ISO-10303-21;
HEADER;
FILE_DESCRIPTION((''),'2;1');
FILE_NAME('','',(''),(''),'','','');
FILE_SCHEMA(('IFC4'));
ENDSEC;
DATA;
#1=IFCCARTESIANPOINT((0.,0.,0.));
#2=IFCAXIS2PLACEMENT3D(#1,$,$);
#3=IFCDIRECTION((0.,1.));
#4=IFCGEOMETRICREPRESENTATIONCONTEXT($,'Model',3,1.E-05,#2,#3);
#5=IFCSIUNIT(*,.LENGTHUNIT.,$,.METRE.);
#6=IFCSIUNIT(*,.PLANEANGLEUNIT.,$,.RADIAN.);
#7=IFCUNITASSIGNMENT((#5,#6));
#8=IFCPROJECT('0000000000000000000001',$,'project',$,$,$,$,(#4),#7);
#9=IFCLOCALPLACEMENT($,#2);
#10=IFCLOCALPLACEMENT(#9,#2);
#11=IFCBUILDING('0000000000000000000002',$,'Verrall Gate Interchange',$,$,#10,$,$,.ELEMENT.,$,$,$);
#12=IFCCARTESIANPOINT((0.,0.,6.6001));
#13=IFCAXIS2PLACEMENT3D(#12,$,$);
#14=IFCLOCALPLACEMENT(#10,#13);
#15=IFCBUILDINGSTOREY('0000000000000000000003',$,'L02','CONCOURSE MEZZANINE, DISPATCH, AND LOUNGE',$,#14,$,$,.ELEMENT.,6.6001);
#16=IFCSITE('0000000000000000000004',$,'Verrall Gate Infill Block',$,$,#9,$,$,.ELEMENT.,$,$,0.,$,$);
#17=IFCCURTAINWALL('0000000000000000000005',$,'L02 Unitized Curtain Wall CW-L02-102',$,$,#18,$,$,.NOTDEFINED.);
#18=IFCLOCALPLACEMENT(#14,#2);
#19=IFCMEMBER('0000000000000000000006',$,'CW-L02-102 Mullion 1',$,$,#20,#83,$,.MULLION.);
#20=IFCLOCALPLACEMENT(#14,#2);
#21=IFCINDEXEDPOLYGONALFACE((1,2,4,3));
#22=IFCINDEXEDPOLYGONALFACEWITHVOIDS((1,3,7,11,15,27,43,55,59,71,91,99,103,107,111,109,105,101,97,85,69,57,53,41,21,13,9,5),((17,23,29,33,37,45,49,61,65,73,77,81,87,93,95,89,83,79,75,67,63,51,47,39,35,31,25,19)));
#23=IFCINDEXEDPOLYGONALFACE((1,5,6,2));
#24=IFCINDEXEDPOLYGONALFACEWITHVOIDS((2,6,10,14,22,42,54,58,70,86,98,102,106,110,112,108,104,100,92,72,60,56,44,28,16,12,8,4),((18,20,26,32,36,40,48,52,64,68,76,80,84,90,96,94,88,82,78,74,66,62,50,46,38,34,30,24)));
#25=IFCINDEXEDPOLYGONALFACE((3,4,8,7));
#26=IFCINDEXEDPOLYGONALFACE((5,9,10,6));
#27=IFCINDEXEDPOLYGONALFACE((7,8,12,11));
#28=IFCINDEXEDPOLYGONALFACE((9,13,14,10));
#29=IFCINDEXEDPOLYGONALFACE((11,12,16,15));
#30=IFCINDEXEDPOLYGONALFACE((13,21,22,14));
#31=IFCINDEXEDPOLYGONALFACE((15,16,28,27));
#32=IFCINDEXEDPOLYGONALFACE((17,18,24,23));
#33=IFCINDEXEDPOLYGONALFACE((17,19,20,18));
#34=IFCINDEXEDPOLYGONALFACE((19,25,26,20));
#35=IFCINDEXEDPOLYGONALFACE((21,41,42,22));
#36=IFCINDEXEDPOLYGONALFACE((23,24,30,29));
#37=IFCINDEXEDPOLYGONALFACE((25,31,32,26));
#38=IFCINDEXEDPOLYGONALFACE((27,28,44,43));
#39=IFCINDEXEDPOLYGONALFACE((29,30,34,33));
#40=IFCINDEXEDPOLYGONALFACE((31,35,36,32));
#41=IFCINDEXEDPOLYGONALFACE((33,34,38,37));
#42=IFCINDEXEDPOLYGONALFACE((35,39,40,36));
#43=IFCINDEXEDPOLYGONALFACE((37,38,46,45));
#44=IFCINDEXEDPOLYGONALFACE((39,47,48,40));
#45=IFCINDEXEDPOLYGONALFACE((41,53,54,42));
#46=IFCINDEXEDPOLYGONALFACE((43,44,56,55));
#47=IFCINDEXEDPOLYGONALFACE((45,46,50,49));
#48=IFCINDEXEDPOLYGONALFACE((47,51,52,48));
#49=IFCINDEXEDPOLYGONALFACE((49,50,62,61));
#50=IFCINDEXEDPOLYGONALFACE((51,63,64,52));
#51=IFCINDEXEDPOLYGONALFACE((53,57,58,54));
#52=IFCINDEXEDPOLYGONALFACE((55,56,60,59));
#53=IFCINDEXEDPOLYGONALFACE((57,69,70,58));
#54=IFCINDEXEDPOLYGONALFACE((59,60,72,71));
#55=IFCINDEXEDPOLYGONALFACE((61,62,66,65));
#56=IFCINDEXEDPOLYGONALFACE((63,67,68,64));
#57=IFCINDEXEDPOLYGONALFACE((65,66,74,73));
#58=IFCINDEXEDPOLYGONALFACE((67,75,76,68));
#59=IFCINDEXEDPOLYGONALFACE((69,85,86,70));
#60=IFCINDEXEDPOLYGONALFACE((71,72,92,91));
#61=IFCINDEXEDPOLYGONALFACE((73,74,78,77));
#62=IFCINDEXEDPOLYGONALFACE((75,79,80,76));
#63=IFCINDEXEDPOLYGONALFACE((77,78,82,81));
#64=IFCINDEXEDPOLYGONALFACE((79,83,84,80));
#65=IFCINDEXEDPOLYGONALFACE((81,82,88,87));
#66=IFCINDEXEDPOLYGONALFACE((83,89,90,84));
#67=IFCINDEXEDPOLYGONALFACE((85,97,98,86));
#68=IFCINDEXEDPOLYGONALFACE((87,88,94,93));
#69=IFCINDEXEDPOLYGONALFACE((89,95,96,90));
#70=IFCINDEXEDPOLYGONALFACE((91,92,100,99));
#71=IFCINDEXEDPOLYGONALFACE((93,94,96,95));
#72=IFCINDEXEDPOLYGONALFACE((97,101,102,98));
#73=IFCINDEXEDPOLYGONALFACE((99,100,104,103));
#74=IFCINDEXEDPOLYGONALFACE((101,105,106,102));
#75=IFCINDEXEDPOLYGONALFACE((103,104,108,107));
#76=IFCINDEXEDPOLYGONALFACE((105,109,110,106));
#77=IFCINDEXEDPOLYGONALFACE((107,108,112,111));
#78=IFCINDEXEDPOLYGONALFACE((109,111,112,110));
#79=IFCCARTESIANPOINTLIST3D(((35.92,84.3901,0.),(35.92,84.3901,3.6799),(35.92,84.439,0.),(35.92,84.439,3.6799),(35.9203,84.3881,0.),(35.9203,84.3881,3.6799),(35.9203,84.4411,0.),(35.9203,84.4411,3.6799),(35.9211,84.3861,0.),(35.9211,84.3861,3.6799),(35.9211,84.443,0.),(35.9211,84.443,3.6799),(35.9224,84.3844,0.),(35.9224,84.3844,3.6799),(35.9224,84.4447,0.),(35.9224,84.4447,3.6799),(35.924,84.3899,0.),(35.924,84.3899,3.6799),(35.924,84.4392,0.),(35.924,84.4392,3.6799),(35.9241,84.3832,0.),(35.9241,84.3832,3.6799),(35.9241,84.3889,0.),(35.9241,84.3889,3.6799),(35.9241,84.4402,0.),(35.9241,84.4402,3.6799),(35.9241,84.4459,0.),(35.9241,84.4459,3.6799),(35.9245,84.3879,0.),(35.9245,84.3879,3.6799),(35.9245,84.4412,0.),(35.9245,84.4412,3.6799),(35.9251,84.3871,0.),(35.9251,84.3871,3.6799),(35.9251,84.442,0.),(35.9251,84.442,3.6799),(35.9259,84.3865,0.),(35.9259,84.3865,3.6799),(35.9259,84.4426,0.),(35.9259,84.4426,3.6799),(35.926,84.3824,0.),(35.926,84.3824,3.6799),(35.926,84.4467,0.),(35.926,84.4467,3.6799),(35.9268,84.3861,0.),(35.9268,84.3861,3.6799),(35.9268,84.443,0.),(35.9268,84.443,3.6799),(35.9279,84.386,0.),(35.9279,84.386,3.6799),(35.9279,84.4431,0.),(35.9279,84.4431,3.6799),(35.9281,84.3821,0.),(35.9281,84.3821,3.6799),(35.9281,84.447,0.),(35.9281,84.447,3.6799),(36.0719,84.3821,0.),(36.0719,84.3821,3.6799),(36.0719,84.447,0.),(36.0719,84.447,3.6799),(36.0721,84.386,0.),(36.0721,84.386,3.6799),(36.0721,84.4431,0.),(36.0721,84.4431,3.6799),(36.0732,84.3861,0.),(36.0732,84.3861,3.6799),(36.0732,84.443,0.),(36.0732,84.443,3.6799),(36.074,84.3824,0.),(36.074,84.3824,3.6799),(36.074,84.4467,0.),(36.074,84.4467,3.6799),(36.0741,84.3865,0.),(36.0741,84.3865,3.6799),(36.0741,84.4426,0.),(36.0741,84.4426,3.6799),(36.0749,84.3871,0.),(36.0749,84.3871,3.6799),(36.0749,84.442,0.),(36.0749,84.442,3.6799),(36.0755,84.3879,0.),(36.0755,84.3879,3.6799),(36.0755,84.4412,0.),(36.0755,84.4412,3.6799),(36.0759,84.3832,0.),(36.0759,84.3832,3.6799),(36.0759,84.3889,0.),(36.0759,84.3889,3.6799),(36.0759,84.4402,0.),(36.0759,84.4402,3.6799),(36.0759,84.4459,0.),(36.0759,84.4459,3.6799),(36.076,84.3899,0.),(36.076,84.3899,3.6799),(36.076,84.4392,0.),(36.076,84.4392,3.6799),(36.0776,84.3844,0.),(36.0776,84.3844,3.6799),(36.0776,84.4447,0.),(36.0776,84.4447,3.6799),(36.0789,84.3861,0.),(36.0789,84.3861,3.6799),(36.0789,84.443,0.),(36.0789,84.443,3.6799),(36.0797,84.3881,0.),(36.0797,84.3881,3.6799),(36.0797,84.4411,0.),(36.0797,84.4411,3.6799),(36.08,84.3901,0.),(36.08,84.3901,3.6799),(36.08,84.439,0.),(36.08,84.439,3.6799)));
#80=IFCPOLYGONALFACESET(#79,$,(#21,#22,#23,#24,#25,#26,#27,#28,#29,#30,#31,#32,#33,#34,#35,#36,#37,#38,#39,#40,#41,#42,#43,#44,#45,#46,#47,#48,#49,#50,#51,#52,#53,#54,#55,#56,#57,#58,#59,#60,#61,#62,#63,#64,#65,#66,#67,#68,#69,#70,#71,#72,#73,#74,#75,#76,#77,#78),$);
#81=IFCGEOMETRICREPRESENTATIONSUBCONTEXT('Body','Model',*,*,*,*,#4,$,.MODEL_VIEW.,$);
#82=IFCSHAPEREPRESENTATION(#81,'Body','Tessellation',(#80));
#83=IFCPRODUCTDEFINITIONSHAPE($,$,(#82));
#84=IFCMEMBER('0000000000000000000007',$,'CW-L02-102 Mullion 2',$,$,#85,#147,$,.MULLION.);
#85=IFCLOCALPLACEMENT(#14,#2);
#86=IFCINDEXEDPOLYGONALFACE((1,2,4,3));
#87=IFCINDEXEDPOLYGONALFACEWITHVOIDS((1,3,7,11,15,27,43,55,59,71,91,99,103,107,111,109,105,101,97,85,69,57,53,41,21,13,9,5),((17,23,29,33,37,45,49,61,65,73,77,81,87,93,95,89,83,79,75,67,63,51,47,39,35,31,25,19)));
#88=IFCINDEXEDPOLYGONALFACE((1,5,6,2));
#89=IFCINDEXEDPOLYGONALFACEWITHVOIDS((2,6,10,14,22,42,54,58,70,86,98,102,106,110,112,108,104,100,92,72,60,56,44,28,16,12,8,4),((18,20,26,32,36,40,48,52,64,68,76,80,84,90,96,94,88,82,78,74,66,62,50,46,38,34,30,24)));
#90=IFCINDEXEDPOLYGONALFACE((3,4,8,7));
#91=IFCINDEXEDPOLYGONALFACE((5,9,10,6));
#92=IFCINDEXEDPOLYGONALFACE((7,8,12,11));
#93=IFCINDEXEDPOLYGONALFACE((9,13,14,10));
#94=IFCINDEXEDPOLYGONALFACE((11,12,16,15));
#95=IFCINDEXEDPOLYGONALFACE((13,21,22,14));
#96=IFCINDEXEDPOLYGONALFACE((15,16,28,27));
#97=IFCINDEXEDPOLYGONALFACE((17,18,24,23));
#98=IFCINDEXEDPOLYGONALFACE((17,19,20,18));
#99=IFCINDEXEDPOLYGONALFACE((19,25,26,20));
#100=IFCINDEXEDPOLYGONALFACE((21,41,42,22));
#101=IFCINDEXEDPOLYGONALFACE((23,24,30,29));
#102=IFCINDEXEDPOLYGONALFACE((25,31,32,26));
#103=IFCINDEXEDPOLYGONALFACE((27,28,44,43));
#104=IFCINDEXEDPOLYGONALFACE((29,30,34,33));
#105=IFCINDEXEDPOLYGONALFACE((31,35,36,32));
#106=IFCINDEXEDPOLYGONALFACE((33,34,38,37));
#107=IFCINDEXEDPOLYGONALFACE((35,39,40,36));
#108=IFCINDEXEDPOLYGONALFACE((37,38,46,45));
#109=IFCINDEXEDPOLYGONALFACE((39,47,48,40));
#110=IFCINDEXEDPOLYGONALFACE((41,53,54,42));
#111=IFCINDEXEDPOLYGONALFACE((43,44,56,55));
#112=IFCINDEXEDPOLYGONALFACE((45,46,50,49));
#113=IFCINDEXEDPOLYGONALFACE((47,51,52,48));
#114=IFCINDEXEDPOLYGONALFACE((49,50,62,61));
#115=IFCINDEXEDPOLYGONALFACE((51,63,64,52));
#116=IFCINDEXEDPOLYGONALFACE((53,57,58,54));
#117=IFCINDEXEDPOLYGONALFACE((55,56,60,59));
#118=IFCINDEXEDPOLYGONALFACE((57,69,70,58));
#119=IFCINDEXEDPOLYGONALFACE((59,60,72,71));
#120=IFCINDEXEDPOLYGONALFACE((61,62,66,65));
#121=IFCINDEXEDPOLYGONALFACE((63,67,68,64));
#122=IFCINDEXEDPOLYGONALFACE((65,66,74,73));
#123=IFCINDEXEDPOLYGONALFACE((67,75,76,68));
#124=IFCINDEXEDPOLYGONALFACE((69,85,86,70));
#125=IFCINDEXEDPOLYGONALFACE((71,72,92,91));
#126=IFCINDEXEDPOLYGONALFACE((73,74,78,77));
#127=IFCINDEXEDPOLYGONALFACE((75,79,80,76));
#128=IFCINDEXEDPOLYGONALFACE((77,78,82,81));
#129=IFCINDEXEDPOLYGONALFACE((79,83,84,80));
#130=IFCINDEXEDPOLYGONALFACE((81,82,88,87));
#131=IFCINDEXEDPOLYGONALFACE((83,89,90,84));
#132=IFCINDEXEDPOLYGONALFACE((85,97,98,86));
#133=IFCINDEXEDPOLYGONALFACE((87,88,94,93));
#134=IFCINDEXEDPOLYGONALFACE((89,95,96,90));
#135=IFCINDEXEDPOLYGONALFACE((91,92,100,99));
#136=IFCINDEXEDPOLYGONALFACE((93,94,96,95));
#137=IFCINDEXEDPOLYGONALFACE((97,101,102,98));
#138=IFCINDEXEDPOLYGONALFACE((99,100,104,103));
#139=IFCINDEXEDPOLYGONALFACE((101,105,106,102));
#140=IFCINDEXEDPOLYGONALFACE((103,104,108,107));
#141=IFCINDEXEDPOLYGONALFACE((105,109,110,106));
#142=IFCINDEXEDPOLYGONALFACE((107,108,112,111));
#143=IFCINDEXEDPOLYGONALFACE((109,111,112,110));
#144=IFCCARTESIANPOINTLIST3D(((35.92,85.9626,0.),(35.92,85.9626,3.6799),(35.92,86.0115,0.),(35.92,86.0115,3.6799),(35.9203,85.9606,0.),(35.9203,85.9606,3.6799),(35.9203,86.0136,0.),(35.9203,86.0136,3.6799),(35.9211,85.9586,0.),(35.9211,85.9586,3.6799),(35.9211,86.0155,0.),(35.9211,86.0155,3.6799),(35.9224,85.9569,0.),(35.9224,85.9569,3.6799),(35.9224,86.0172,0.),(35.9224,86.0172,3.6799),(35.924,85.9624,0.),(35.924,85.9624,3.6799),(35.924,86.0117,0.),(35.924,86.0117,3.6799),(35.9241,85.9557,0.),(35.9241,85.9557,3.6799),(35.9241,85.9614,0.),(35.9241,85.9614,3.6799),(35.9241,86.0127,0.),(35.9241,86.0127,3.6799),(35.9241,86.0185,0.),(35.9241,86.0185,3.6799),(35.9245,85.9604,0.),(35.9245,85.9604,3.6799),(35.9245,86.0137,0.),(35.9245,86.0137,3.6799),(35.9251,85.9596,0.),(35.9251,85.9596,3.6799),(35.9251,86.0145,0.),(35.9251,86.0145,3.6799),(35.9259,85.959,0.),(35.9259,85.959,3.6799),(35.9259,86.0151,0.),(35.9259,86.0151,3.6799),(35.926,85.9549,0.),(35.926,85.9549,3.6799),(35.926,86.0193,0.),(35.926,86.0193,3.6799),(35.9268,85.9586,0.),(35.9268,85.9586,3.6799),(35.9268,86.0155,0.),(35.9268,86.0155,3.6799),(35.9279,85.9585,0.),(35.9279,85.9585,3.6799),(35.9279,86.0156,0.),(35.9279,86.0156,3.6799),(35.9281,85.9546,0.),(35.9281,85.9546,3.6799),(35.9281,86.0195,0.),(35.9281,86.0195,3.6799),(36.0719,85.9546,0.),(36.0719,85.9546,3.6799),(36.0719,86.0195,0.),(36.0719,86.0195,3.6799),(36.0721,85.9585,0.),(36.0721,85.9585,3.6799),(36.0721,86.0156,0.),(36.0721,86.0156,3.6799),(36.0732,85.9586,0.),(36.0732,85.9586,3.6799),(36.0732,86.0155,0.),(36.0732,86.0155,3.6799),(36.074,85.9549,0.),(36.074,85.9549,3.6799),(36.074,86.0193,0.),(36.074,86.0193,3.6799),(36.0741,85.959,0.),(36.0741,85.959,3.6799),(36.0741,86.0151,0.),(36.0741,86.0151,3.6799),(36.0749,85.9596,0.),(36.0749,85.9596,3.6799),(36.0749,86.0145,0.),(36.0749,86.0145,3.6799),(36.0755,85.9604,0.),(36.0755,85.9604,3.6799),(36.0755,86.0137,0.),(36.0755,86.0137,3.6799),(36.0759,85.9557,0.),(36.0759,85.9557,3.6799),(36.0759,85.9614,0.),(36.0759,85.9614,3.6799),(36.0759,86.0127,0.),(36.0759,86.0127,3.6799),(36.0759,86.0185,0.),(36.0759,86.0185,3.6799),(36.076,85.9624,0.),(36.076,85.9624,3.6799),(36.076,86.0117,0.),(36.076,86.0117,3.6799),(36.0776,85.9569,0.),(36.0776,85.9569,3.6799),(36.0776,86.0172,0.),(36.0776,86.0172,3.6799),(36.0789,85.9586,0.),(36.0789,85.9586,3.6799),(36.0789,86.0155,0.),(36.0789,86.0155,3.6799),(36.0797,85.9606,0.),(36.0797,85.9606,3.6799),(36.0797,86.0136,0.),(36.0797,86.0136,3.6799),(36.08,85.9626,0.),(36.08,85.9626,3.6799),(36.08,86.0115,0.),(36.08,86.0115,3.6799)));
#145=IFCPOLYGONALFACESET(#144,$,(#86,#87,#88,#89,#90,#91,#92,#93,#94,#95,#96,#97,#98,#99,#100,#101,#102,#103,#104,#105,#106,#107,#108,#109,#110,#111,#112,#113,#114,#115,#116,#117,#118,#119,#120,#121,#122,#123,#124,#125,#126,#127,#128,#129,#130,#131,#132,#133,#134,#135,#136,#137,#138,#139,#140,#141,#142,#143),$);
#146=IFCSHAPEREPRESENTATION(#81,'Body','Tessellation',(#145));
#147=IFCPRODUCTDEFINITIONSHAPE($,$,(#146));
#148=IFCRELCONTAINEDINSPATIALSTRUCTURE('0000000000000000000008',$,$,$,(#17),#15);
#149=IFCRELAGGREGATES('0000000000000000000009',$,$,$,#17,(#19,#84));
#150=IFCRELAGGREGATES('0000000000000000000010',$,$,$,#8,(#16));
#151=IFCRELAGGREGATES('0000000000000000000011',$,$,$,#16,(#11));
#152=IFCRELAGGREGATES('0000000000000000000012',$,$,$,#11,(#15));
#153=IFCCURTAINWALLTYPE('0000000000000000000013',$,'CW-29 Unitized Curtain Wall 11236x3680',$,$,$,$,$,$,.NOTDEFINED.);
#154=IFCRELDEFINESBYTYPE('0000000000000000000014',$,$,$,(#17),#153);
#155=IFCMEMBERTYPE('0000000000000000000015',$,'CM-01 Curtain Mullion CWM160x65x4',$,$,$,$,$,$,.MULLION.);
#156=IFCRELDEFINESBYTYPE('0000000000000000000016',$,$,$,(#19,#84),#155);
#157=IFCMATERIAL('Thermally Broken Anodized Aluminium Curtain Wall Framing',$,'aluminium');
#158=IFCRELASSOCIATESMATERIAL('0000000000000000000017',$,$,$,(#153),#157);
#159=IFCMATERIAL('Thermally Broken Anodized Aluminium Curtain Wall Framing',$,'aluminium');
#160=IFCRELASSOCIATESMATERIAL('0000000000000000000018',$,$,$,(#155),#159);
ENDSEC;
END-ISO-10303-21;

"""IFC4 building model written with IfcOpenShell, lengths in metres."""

from ifc_helpers import new_model, si_unit, direction, frame, origin, origin_2d, place, context, subcontext, project, spatial, hollow_rectangle, extrude, material, material_profile, profile_set, type_object, element, aggregate, save


model = new_model("IFC4")

# Units and contexts
model_context = context("Model", 3, precision=1e-05, world=origin(), true_north=direction((0.0, 1.0)))
body_context = subcontext(model_context, "Body", "Model", "MODEL_VIEW")
ifc_project = project(units=[si_unit("LENGTHUNIT", "METRE"), si_unit("PLANEANGLEUNIT", "RADIAN")], contexts=[model_context])

# Site, building, storey
site_placement = place(None, origin())
site = spatial("IfcSite", under=ifc_project, at=site_placement, Name="Verrall Gate Infill Block", CompositionType="ELEMENT", RefElevation=0.0)
building_placement = place(site_placement, origin())
building = spatial("IfcBuilding", under=site, at=building_placement, Name="Verrall Gate Interchange", CompositionType="ELEMENT")
storey_placement = place(building_placement, frame((0.0, 0.0, 6.6001)))
storey = spatial("IfcBuildingStorey", under=building, at=storey_placement, Name="L02", Description="CONCOURSE MEZZANINE, DISPATCH, AND LOUNGE", CompositionType="ELEMENT", Elevation=6.6001)

# Curtain wall, members
ifc_material_1 = material(Name="Thermally Broken Anodized Aluminium Curtain Wall Framing", Category="aluminium")
curtain_wall_type = type_object("IfcCurtainWallType", Name="CW-29 Unitized Curtain Wall 11236x3680", PredefinedType="NOTDEFINED", material=ifc_material_1)
curtain_wall_placement = place(storey_placement, origin())
curtain_wall = element("IfcCurtainWall", 1, at=curtain_wall_placement, inside=storey, type_object=curtain_wall_type, Name="L02 Unitized Curtain Wall CW-L02-102", PredefinedType="NOTDEFINED")
ifc_material_2 = material(Name="Thermally Broken Anodized Aluminium Curtain Wall Framing", Category="aluminium")
ifc_material_profile_1 = material_profile(ifc_material_2, hollow_rectangle(XDim=0.0649, YDim=0.1599, WallThickness=0.0039, InnerFilletRadius=0.0039, OuterFilletRadius=0.0081, at=origin_2d()), Name="CWM160x65x4")
ifc_profile_set_1 = profile_set([ifc_material_profile_1], Name="Thermally Broken Anodized Aluminium Curtain Wall Framing")
member_type_1 = type_object("IfcMemberType", Name="CM-01 Curtain Mullion CWM160x65x4", PredefinedType="MULLION", material=ifc_profile_set_1)
member_1_placement = place(storey_placement, frame((36.0, 84.4146, 0.0), z_axis=(0.0, 0.0, 1.0), x_axis=(0.0, 1.0, 0.0)))
member_1 = element("IfcMember", 2, at=member_1_placement, type_object=member_type_1, Name="CW-L02-102 Mullion 1", PredefinedType="MULLION", context=body_context, shape_type="SweptSolid", body=[
    extrude(hollow_rectangle(XDim=0.0649, YDim=0.1599, WallThickness=0.0039, InnerFilletRadius=0.0039, OuterFilletRadius=0.0081, at=origin_2d()), origin(), (0.0, 0.0, 1.0), 3.6799),
])
member_2_placement = place(storey_placement, frame((36.0, 85.9871, 0.0), z_axis=(0.0, 0.0, 1.0), x_axis=(0.0, 1.0, 0.0)))
member_2 = element("IfcMember", 3, at=member_2_placement, type_object=member_type_1, Name="CW-L02-102 Mullion 2", PredefinedType="MULLION", context=body_context, shape_type="SweptSolid", body=[
    extrude(hollow_rectangle(XDim=0.0649, YDim=0.1599, WallThickness=0.0039, InnerFilletRadius=0.0039, OuterFilletRadius=0.0081, at=origin_2d()), origin(), (0.0, 0.0, 1.0), 3.6799),
])

aggregate(curtain_wall, [member_1, member_2])

save(model, "model.ifc")
